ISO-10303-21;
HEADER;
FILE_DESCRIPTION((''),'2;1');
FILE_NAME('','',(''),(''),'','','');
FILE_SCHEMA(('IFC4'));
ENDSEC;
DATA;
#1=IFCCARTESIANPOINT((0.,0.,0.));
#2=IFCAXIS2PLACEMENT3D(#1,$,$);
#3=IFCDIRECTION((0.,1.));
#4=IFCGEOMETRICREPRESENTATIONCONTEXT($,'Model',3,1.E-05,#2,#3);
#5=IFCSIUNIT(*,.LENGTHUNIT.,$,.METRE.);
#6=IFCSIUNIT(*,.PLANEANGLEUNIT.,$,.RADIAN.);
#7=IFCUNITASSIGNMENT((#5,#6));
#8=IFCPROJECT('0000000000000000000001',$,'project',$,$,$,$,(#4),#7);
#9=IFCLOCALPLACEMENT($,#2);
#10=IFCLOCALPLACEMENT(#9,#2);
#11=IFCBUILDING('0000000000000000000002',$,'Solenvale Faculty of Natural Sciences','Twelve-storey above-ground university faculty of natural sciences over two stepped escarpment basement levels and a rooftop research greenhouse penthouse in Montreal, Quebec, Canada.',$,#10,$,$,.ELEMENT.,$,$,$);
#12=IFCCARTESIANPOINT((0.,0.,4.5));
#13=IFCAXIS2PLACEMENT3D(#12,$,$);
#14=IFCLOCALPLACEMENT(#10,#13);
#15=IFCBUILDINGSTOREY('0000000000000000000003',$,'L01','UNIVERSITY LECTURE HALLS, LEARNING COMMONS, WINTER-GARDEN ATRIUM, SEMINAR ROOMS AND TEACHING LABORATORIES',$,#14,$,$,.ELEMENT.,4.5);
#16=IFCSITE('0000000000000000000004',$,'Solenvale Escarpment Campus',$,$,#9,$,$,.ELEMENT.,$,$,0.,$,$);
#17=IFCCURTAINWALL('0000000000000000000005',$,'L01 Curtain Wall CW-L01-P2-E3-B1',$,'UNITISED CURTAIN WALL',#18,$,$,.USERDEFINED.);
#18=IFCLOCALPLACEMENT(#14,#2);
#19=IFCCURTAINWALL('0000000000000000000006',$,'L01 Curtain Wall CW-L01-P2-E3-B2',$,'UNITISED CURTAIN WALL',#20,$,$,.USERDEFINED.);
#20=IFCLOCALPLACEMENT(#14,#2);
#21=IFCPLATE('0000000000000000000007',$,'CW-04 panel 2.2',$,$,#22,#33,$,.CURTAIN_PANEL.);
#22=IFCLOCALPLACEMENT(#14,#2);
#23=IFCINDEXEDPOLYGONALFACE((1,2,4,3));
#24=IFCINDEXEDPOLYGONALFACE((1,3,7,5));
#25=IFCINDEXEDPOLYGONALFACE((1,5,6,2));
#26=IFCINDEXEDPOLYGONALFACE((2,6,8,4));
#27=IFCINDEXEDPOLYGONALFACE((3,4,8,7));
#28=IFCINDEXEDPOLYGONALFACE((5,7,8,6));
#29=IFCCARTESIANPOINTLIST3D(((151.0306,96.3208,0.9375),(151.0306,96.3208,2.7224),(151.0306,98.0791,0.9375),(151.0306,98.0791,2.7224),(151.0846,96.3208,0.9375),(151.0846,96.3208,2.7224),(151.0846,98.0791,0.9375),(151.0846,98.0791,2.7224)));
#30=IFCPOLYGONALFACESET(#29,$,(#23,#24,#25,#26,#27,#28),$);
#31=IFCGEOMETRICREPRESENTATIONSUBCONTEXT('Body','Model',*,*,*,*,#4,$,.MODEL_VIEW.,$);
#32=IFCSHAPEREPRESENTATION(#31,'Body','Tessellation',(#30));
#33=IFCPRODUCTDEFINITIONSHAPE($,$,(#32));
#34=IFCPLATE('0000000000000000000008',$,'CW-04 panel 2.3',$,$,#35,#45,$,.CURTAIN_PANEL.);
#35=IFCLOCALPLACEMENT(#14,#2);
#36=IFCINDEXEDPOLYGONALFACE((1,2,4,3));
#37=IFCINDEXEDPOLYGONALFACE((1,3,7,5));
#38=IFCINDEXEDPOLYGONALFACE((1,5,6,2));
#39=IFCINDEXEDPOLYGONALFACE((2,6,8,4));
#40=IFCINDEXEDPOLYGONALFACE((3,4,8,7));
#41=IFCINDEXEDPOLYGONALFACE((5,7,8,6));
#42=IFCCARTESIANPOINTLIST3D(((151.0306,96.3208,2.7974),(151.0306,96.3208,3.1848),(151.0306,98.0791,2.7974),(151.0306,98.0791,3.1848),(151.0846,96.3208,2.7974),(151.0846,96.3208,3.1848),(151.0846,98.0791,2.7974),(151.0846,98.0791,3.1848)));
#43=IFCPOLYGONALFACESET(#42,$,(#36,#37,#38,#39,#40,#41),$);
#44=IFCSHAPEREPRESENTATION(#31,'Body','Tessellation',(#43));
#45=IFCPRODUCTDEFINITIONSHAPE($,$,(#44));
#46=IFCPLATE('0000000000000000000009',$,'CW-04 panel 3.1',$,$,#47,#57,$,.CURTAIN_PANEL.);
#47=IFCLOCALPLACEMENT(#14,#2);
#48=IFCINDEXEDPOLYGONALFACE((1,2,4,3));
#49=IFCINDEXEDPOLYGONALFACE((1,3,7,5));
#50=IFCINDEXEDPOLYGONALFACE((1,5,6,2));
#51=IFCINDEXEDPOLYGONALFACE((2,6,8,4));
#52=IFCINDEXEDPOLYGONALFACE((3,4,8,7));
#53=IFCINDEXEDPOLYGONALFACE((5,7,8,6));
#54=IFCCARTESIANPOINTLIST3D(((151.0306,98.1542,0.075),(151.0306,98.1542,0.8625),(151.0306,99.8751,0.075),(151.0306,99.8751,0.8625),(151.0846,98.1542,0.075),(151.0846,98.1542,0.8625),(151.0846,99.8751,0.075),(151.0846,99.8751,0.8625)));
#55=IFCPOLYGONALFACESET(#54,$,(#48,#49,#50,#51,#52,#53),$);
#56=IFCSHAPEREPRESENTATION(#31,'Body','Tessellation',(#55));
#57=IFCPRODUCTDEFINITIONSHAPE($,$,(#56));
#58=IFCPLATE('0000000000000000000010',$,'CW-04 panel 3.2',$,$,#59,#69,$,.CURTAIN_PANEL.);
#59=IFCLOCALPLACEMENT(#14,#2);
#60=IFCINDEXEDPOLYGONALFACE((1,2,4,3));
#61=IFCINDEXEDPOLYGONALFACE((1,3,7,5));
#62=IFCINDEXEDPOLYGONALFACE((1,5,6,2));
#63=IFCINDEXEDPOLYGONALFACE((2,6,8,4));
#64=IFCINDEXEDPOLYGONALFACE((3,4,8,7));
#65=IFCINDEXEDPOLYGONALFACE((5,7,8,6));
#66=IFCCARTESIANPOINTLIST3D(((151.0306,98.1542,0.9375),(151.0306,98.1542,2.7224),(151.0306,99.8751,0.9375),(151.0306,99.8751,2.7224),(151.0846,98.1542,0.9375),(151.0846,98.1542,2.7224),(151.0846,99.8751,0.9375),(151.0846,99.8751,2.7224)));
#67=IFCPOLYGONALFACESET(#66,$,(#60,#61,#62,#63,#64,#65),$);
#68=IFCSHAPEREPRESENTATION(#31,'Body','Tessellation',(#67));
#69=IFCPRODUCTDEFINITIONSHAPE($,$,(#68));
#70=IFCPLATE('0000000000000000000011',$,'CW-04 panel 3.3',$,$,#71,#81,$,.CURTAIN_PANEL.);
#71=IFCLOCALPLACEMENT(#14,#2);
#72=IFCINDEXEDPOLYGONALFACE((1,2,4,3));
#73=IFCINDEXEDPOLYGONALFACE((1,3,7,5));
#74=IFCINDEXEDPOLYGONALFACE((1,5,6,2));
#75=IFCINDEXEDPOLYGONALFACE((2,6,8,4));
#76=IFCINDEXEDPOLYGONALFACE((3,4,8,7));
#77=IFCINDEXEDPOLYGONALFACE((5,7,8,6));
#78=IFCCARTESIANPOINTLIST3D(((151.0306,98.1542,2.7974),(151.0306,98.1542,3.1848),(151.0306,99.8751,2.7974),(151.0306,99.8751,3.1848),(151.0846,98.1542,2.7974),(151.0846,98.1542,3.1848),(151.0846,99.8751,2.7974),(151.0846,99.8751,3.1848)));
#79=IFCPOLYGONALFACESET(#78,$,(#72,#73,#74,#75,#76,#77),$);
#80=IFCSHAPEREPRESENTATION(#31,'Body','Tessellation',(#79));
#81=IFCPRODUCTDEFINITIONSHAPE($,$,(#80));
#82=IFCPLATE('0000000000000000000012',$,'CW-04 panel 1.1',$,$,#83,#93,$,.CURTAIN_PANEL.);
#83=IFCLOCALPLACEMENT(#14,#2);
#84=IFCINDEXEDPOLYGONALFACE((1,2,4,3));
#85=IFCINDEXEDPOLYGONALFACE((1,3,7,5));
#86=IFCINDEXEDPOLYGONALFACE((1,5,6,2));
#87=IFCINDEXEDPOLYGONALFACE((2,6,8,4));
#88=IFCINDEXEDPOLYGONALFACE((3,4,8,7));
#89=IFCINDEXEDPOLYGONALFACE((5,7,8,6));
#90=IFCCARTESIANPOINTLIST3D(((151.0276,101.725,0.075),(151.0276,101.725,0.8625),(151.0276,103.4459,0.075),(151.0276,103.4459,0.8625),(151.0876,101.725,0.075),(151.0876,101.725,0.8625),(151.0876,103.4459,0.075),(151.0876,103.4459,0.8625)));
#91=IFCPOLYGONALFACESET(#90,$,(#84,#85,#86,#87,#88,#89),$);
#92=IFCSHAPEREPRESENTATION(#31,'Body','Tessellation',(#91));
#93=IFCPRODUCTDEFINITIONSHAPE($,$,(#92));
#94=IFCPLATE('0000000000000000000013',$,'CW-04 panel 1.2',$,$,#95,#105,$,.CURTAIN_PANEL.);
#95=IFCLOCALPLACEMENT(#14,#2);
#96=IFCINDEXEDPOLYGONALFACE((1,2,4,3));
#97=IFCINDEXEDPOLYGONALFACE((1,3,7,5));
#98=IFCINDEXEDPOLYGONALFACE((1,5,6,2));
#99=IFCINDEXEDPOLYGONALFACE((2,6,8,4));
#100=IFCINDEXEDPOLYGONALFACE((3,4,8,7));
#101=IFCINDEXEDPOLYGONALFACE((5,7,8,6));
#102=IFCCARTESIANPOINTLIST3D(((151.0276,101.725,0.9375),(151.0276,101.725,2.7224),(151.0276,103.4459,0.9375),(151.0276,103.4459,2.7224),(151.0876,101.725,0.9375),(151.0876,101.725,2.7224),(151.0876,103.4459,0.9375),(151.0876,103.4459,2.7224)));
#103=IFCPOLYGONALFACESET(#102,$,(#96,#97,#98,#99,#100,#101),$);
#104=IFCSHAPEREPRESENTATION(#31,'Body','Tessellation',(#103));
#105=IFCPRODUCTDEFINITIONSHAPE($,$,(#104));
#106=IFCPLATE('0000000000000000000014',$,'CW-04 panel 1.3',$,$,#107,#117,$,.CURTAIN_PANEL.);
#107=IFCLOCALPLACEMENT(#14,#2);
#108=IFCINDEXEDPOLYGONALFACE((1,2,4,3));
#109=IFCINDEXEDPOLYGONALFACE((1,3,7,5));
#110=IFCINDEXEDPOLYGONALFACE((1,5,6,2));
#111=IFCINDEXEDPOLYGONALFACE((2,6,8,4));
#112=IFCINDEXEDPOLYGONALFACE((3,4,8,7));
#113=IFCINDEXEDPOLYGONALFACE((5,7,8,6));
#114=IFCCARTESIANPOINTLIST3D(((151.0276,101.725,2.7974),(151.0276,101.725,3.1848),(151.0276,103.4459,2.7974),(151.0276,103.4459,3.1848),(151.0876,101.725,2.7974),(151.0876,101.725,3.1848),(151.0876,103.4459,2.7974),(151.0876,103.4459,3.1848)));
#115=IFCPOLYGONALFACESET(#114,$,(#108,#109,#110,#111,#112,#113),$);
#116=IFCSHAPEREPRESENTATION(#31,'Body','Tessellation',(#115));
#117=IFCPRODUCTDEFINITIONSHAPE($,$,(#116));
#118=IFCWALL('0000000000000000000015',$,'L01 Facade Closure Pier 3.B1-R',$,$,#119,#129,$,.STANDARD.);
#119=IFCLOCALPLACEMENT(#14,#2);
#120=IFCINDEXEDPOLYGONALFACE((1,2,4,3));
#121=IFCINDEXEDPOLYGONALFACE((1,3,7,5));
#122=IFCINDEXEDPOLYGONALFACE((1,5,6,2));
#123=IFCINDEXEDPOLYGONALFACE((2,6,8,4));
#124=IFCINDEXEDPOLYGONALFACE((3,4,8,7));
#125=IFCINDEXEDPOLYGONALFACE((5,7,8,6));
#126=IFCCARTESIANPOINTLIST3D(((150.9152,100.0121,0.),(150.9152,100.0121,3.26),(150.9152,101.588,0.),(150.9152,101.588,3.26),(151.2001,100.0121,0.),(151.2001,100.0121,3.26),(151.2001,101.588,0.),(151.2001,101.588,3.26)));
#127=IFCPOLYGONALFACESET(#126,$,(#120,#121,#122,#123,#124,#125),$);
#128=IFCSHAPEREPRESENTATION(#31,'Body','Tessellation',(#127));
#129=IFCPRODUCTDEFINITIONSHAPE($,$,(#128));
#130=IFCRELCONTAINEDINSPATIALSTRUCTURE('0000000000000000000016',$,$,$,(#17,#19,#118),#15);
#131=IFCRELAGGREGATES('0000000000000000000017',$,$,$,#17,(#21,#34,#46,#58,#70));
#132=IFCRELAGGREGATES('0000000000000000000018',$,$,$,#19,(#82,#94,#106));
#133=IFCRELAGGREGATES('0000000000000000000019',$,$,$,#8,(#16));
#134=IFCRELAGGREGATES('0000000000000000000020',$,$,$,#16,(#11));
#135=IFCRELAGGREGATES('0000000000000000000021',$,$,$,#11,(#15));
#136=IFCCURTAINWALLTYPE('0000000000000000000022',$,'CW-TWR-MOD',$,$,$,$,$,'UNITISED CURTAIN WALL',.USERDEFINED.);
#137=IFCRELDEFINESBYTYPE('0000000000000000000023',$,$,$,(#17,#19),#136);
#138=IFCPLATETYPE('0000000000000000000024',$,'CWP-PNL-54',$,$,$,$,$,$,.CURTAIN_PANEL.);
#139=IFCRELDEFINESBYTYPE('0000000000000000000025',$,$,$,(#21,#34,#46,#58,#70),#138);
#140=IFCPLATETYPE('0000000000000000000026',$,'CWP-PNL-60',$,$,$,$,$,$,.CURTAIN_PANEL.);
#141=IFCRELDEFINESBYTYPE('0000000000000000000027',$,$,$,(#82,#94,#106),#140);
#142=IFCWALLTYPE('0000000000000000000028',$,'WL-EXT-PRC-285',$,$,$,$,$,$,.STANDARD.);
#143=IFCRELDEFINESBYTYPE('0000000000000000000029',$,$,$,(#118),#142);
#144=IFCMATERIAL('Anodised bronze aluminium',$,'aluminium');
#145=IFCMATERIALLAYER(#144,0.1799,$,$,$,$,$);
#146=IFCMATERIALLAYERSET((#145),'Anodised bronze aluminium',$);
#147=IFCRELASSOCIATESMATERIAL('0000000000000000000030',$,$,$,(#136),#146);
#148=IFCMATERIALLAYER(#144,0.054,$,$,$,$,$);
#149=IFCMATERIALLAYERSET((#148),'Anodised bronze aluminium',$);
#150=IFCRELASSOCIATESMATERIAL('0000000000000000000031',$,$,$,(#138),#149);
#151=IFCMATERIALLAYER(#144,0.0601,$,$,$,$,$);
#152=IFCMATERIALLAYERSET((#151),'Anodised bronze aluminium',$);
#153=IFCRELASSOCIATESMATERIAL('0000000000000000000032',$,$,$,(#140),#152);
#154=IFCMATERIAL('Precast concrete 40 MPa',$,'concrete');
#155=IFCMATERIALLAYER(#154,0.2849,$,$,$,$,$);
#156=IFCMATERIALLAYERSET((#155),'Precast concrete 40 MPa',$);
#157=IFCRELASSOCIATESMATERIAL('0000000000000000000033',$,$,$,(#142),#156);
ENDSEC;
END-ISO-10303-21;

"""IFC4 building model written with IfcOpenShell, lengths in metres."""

from ifc_helpers import new_model, si_unit, direction, frame, frame_2d, origin, origin_2d, place, context, subcontext, project, spatial, rectangle, extrude, material, layer, layer_set, type_object, element, aggregate, save


model = new_model("IFC4")

# Units and contexts
model_context = context("Model", 3, precision=1e-05, world=origin(), true_north=direction((0.0, 1.0)))
body_context = subcontext(model_context, "Body", "Model", "MODEL_VIEW")
ifc_project = project(units=[si_unit("LENGTHUNIT", "METRE"), si_unit("PLANEANGLEUNIT", "RADIAN")], contexts=[model_context])

# Site, building, storey
site_placement = place(None, origin())
site = spatial("IfcSite", under=ifc_project, at=site_placement, Name="Solenvale Escarpment Campus", CompositionType="ELEMENT", RefElevation=0.0)
building_placement = place(site_placement, origin())
building = spatial("IfcBuilding", under=site, at=building_placement, Name="Solenvale Faculty of Natural Sciences", Description="Twelve-storey above-ground university faculty of natural sciences over two stepped escarpment basement levels and a rooftop research greenhouse penthouse in Montreal, Quebec, Canada.", CompositionType="ELEMENT")
storey_placement = place(building_placement, frame((0.0, 0.0, 4.5)))
storey = spatial("IfcBuildingStorey", under=building, at=storey_placement, Name="L01", Description="UNIVERSITY LECTURE HALLS, LEARNING COMMONS, WINTER-GARDEN ATRIUM, SEMINAR ROOMS AND TEACHING LABORATORIES", CompositionType="ELEMENT", Elevation=4.5)

# Curtain wall
ifc_material_1 = material(Name="Anodised bronze aluminium", Category="aluminium")
ifc_layer_1 = layer(ifc_material_1, 0.1799)
ifc_layer_set_1 = layer_set([ifc_layer_1], Name="Anodised bronze aluminium")
curtain_wall_type = type_object("IfcCurtainWallType", Name="CW-TWR-MOD", ElementType="UNITISED CURTAIN WALL", PredefinedType="USERDEFINED", material=ifc_layer_set_1)
curtain_wall_1_placement = place(storey_placement, origin())
curtain_wall_1 = element("IfcCurtainWall", 1, at=curtain_wall_1_placement, inside=storey, type_object=curtain_wall_type, Name="L01 Curtain Wall CW-L01-P2-E3-B1", ObjectType="UNITISED CURTAIN WALL", PredefinedType="USERDEFINED")

# Curtain wall
curtain_wall_2_placement = place(storey_placement, origin())
curtain_wall_2 = element("IfcCurtainWall", 2, at=curtain_wall_2_placement, inside=storey, type_object=curtain_wall_type, Name="L01 Curtain Wall CW-L01-P2-E3-B2", ObjectType="UNITISED CURTAIN WALL", PredefinedType="USERDEFINED")

# Plates
ifc_layer_2 = layer(ifc_material_1, 0.054)
ifc_layer_set_2 = layer_set([ifc_layer_2], Name="Anodised bronze aluminium")
plate_type_1 = type_object("IfcPlateType", Name="CWP-PNL-54", PredefinedType="CURTAIN_PANEL", material=ifc_layer_set_2)
plate_1_placement = place(storey_placement, frame((151.0576, 97.2, 0.9375), z_axis=(0.0, 0.0, 1.0), x_axis=(0.0, 1.0, 0.0)))
plate_1 = element("IfcPlate", 3, at=plate_1_placement, type_object=plate_type_1, Name="CW-04 panel 2.2", PredefinedType="CURTAIN_PANEL", context=body_context, shape_type="SweptSolid", body=[
    extrude(rectangle(XDim=1.7583, YDim=0.054, at=origin_2d()), origin(), (0.0, 0.0, 1.0), 1.7849),
])
plate_2_placement = place(storey_placement, frame((151.0576, 97.2, 2.7974), z_axis=(0.0, 0.0, 1.0), x_axis=(0.0, 1.0, 0.0)))
plate_2 = element("IfcPlate", 4, at=plate_2_placement, type_object=plate_type_1, Name="CW-04 panel 2.3", PredefinedType="CURTAIN_PANEL", context=body_context, shape_type="SweptSolid", body=[
    extrude(rectangle(XDim=1.7583, YDim=0.054, at=origin_2d()), origin(), (0.0, 0.0, 1.0), 0.3875),
])
plate_3_placement = place(storey_placement, frame((151.0576, 99.0146, 0.075), z_axis=(0.0, 0.0, 1.0), x_axis=(0.0, 1.0, 0.0)))
plate_3 = element("IfcPlate", 5, at=plate_3_placement, type_object=plate_type_1, Name="CW-04 panel 3.1", PredefinedType="CURTAIN_PANEL", context=body_context, shape_type="SweptSolid", body=[
    extrude(rectangle(XDim=1.7209, YDim=0.054, at=origin_2d()), origin(), (0.0, 0.0, 1.0), 0.7876),
])
plate_4_placement = place(storey_placement, frame((151.0576, 99.0146, 0.9375), z_axis=(0.0, 0.0, 1.0), x_axis=(0.0, 1.0, 0.0)))
plate_4 = element("IfcPlate", 6, at=plate_4_placement, type_object=plate_type_1, Name="CW-04 panel 3.2", PredefinedType="CURTAIN_PANEL", context=body_context, shape_type="SweptSolid", body=[
    extrude(rectangle(XDim=1.7209, YDim=0.054, at=origin_2d()), origin(), (0.0, 0.0, 1.0), 1.7849),
])
plate_5_placement = place(storey_placement, frame((151.0576, 99.0146, 2.7974), z_axis=(0.0, 0.0, 1.0), x_axis=(0.0, 1.0, 0.0)))
plate_5 = element("IfcPlate", 7, at=plate_5_placement, type_object=plate_type_1, Name="CW-04 panel 3.3", PredefinedType="CURTAIN_PANEL", context=body_context, shape_type="SweptSolid", body=[
    extrude(rectangle(XDim=1.7209, YDim=0.054, at=origin_2d()), origin(), (0.0, 0.0, 1.0), 0.3875),
])
aggregate(curtain_wall_1, [plate_1, plate_2, plate_3, plate_4, plate_5])
ifc_layer_3 = layer(ifc_material_1, 0.0601)
ifc_layer_set_3 = layer_set([ifc_layer_3], Name="Anodised bronze aluminium")
plate_type_2 = type_object("IfcPlateType", Name="CWP-PNL-60", PredefinedType="CURTAIN_PANEL", material=ifc_layer_set_3)
plate_6_placement = place(storey_placement, frame((151.0576, 102.5854, 0.075), z_axis=(0.0, 0.0, 1.0), x_axis=(0.0, 1.0, 0.0)))
plate_6 = element("IfcPlate", 8, at=plate_6_placement, type_object=plate_type_2, Name="CW-04 panel 1.1", PredefinedType="CURTAIN_PANEL", context=body_context, shape_type="SweptSolid", body=[
    extrude(rectangle(XDim=1.7209, YDim=0.0601, at=origin_2d()), origin(), (0.0, 0.0, 1.0), 0.7876),
])
plate_7_placement = place(storey_placement, frame((151.0576, 102.5854, 0.9375), z_axis=(0.0, 0.0, 1.0), x_axis=(0.0, 1.0, 0.0)))
plate_7 = element("IfcPlate", 9, at=plate_7_placement, type_object=plate_type_2, Name="CW-04 panel 1.2", PredefinedType="CURTAIN_PANEL", context=body_context, shape_type="SweptSolid", body=[
    extrude(rectangle(XDim=1.7209, YDim=0.0601, at=origin_2d()), origin(), (0.0, 0.0, 1.0), 1.7849),
])
plate_8_placement = place(storey_placement, frame((151.0576, 102.5854, 2.7974), z_axis=(0.0, 0.0, 1.0), x_axis=(0.0, 1.0, 0.0)))
plate_8 = element("IfcPlate", 10, at=plate_8_placement, type_object=plate_type_2, Name="CW-04 panel 1.3", PredefinedType="CURTAIN_PANEL", context=body_context, shape_type="SweptSolid", body=[
    extrude(rectangle(XDim=1.7209, YDim=0.0601, at=origin_2d()), origin(), (0.0, 0.0, 1.0), 0.3875),
])
aggregate(curtain_wall_2, [plate_6, plate_7, plate_8])

# Wall
ifc_material_2 = material(Name="Precast concrete 40 MPa", Category="concrete")
ifc_layer_4 = layer(ifc_material_2, 0.2849)
ifc_layer_set_4 = layer_set([ifc_layer_4], Name="Precast concrete 40 MPa")
wall_type_1 = type_object("IfcWallType", Name="WL-EXT-PRC-285", PredefinedType="STANDARD", material=ifc_layer_set_4)
wall_1_placement = place(storey_placement, frame((151.0576, 100.012, 0.0), z_axis=(0.0, 0.0, 1.0), x_axis=(0.0, 1.0, 0.0)))
element("IfcWall", 11, at=wall_1_placement, inside=storey, type_object=wall_type_1, Name="L01 Facade Closure Pier 3.B1-R", PredefinedType="STANDARD", context=body_context, shape_type="SweptSolid", body=[
    extrude(rectangle(XDim=1.5759, YDim=0.2849, at=frame_2d((0.7881, 0.0))), origin(), (0.0, 0.0, 1.0), 3.26),
])

save(model, "model.ifc")
